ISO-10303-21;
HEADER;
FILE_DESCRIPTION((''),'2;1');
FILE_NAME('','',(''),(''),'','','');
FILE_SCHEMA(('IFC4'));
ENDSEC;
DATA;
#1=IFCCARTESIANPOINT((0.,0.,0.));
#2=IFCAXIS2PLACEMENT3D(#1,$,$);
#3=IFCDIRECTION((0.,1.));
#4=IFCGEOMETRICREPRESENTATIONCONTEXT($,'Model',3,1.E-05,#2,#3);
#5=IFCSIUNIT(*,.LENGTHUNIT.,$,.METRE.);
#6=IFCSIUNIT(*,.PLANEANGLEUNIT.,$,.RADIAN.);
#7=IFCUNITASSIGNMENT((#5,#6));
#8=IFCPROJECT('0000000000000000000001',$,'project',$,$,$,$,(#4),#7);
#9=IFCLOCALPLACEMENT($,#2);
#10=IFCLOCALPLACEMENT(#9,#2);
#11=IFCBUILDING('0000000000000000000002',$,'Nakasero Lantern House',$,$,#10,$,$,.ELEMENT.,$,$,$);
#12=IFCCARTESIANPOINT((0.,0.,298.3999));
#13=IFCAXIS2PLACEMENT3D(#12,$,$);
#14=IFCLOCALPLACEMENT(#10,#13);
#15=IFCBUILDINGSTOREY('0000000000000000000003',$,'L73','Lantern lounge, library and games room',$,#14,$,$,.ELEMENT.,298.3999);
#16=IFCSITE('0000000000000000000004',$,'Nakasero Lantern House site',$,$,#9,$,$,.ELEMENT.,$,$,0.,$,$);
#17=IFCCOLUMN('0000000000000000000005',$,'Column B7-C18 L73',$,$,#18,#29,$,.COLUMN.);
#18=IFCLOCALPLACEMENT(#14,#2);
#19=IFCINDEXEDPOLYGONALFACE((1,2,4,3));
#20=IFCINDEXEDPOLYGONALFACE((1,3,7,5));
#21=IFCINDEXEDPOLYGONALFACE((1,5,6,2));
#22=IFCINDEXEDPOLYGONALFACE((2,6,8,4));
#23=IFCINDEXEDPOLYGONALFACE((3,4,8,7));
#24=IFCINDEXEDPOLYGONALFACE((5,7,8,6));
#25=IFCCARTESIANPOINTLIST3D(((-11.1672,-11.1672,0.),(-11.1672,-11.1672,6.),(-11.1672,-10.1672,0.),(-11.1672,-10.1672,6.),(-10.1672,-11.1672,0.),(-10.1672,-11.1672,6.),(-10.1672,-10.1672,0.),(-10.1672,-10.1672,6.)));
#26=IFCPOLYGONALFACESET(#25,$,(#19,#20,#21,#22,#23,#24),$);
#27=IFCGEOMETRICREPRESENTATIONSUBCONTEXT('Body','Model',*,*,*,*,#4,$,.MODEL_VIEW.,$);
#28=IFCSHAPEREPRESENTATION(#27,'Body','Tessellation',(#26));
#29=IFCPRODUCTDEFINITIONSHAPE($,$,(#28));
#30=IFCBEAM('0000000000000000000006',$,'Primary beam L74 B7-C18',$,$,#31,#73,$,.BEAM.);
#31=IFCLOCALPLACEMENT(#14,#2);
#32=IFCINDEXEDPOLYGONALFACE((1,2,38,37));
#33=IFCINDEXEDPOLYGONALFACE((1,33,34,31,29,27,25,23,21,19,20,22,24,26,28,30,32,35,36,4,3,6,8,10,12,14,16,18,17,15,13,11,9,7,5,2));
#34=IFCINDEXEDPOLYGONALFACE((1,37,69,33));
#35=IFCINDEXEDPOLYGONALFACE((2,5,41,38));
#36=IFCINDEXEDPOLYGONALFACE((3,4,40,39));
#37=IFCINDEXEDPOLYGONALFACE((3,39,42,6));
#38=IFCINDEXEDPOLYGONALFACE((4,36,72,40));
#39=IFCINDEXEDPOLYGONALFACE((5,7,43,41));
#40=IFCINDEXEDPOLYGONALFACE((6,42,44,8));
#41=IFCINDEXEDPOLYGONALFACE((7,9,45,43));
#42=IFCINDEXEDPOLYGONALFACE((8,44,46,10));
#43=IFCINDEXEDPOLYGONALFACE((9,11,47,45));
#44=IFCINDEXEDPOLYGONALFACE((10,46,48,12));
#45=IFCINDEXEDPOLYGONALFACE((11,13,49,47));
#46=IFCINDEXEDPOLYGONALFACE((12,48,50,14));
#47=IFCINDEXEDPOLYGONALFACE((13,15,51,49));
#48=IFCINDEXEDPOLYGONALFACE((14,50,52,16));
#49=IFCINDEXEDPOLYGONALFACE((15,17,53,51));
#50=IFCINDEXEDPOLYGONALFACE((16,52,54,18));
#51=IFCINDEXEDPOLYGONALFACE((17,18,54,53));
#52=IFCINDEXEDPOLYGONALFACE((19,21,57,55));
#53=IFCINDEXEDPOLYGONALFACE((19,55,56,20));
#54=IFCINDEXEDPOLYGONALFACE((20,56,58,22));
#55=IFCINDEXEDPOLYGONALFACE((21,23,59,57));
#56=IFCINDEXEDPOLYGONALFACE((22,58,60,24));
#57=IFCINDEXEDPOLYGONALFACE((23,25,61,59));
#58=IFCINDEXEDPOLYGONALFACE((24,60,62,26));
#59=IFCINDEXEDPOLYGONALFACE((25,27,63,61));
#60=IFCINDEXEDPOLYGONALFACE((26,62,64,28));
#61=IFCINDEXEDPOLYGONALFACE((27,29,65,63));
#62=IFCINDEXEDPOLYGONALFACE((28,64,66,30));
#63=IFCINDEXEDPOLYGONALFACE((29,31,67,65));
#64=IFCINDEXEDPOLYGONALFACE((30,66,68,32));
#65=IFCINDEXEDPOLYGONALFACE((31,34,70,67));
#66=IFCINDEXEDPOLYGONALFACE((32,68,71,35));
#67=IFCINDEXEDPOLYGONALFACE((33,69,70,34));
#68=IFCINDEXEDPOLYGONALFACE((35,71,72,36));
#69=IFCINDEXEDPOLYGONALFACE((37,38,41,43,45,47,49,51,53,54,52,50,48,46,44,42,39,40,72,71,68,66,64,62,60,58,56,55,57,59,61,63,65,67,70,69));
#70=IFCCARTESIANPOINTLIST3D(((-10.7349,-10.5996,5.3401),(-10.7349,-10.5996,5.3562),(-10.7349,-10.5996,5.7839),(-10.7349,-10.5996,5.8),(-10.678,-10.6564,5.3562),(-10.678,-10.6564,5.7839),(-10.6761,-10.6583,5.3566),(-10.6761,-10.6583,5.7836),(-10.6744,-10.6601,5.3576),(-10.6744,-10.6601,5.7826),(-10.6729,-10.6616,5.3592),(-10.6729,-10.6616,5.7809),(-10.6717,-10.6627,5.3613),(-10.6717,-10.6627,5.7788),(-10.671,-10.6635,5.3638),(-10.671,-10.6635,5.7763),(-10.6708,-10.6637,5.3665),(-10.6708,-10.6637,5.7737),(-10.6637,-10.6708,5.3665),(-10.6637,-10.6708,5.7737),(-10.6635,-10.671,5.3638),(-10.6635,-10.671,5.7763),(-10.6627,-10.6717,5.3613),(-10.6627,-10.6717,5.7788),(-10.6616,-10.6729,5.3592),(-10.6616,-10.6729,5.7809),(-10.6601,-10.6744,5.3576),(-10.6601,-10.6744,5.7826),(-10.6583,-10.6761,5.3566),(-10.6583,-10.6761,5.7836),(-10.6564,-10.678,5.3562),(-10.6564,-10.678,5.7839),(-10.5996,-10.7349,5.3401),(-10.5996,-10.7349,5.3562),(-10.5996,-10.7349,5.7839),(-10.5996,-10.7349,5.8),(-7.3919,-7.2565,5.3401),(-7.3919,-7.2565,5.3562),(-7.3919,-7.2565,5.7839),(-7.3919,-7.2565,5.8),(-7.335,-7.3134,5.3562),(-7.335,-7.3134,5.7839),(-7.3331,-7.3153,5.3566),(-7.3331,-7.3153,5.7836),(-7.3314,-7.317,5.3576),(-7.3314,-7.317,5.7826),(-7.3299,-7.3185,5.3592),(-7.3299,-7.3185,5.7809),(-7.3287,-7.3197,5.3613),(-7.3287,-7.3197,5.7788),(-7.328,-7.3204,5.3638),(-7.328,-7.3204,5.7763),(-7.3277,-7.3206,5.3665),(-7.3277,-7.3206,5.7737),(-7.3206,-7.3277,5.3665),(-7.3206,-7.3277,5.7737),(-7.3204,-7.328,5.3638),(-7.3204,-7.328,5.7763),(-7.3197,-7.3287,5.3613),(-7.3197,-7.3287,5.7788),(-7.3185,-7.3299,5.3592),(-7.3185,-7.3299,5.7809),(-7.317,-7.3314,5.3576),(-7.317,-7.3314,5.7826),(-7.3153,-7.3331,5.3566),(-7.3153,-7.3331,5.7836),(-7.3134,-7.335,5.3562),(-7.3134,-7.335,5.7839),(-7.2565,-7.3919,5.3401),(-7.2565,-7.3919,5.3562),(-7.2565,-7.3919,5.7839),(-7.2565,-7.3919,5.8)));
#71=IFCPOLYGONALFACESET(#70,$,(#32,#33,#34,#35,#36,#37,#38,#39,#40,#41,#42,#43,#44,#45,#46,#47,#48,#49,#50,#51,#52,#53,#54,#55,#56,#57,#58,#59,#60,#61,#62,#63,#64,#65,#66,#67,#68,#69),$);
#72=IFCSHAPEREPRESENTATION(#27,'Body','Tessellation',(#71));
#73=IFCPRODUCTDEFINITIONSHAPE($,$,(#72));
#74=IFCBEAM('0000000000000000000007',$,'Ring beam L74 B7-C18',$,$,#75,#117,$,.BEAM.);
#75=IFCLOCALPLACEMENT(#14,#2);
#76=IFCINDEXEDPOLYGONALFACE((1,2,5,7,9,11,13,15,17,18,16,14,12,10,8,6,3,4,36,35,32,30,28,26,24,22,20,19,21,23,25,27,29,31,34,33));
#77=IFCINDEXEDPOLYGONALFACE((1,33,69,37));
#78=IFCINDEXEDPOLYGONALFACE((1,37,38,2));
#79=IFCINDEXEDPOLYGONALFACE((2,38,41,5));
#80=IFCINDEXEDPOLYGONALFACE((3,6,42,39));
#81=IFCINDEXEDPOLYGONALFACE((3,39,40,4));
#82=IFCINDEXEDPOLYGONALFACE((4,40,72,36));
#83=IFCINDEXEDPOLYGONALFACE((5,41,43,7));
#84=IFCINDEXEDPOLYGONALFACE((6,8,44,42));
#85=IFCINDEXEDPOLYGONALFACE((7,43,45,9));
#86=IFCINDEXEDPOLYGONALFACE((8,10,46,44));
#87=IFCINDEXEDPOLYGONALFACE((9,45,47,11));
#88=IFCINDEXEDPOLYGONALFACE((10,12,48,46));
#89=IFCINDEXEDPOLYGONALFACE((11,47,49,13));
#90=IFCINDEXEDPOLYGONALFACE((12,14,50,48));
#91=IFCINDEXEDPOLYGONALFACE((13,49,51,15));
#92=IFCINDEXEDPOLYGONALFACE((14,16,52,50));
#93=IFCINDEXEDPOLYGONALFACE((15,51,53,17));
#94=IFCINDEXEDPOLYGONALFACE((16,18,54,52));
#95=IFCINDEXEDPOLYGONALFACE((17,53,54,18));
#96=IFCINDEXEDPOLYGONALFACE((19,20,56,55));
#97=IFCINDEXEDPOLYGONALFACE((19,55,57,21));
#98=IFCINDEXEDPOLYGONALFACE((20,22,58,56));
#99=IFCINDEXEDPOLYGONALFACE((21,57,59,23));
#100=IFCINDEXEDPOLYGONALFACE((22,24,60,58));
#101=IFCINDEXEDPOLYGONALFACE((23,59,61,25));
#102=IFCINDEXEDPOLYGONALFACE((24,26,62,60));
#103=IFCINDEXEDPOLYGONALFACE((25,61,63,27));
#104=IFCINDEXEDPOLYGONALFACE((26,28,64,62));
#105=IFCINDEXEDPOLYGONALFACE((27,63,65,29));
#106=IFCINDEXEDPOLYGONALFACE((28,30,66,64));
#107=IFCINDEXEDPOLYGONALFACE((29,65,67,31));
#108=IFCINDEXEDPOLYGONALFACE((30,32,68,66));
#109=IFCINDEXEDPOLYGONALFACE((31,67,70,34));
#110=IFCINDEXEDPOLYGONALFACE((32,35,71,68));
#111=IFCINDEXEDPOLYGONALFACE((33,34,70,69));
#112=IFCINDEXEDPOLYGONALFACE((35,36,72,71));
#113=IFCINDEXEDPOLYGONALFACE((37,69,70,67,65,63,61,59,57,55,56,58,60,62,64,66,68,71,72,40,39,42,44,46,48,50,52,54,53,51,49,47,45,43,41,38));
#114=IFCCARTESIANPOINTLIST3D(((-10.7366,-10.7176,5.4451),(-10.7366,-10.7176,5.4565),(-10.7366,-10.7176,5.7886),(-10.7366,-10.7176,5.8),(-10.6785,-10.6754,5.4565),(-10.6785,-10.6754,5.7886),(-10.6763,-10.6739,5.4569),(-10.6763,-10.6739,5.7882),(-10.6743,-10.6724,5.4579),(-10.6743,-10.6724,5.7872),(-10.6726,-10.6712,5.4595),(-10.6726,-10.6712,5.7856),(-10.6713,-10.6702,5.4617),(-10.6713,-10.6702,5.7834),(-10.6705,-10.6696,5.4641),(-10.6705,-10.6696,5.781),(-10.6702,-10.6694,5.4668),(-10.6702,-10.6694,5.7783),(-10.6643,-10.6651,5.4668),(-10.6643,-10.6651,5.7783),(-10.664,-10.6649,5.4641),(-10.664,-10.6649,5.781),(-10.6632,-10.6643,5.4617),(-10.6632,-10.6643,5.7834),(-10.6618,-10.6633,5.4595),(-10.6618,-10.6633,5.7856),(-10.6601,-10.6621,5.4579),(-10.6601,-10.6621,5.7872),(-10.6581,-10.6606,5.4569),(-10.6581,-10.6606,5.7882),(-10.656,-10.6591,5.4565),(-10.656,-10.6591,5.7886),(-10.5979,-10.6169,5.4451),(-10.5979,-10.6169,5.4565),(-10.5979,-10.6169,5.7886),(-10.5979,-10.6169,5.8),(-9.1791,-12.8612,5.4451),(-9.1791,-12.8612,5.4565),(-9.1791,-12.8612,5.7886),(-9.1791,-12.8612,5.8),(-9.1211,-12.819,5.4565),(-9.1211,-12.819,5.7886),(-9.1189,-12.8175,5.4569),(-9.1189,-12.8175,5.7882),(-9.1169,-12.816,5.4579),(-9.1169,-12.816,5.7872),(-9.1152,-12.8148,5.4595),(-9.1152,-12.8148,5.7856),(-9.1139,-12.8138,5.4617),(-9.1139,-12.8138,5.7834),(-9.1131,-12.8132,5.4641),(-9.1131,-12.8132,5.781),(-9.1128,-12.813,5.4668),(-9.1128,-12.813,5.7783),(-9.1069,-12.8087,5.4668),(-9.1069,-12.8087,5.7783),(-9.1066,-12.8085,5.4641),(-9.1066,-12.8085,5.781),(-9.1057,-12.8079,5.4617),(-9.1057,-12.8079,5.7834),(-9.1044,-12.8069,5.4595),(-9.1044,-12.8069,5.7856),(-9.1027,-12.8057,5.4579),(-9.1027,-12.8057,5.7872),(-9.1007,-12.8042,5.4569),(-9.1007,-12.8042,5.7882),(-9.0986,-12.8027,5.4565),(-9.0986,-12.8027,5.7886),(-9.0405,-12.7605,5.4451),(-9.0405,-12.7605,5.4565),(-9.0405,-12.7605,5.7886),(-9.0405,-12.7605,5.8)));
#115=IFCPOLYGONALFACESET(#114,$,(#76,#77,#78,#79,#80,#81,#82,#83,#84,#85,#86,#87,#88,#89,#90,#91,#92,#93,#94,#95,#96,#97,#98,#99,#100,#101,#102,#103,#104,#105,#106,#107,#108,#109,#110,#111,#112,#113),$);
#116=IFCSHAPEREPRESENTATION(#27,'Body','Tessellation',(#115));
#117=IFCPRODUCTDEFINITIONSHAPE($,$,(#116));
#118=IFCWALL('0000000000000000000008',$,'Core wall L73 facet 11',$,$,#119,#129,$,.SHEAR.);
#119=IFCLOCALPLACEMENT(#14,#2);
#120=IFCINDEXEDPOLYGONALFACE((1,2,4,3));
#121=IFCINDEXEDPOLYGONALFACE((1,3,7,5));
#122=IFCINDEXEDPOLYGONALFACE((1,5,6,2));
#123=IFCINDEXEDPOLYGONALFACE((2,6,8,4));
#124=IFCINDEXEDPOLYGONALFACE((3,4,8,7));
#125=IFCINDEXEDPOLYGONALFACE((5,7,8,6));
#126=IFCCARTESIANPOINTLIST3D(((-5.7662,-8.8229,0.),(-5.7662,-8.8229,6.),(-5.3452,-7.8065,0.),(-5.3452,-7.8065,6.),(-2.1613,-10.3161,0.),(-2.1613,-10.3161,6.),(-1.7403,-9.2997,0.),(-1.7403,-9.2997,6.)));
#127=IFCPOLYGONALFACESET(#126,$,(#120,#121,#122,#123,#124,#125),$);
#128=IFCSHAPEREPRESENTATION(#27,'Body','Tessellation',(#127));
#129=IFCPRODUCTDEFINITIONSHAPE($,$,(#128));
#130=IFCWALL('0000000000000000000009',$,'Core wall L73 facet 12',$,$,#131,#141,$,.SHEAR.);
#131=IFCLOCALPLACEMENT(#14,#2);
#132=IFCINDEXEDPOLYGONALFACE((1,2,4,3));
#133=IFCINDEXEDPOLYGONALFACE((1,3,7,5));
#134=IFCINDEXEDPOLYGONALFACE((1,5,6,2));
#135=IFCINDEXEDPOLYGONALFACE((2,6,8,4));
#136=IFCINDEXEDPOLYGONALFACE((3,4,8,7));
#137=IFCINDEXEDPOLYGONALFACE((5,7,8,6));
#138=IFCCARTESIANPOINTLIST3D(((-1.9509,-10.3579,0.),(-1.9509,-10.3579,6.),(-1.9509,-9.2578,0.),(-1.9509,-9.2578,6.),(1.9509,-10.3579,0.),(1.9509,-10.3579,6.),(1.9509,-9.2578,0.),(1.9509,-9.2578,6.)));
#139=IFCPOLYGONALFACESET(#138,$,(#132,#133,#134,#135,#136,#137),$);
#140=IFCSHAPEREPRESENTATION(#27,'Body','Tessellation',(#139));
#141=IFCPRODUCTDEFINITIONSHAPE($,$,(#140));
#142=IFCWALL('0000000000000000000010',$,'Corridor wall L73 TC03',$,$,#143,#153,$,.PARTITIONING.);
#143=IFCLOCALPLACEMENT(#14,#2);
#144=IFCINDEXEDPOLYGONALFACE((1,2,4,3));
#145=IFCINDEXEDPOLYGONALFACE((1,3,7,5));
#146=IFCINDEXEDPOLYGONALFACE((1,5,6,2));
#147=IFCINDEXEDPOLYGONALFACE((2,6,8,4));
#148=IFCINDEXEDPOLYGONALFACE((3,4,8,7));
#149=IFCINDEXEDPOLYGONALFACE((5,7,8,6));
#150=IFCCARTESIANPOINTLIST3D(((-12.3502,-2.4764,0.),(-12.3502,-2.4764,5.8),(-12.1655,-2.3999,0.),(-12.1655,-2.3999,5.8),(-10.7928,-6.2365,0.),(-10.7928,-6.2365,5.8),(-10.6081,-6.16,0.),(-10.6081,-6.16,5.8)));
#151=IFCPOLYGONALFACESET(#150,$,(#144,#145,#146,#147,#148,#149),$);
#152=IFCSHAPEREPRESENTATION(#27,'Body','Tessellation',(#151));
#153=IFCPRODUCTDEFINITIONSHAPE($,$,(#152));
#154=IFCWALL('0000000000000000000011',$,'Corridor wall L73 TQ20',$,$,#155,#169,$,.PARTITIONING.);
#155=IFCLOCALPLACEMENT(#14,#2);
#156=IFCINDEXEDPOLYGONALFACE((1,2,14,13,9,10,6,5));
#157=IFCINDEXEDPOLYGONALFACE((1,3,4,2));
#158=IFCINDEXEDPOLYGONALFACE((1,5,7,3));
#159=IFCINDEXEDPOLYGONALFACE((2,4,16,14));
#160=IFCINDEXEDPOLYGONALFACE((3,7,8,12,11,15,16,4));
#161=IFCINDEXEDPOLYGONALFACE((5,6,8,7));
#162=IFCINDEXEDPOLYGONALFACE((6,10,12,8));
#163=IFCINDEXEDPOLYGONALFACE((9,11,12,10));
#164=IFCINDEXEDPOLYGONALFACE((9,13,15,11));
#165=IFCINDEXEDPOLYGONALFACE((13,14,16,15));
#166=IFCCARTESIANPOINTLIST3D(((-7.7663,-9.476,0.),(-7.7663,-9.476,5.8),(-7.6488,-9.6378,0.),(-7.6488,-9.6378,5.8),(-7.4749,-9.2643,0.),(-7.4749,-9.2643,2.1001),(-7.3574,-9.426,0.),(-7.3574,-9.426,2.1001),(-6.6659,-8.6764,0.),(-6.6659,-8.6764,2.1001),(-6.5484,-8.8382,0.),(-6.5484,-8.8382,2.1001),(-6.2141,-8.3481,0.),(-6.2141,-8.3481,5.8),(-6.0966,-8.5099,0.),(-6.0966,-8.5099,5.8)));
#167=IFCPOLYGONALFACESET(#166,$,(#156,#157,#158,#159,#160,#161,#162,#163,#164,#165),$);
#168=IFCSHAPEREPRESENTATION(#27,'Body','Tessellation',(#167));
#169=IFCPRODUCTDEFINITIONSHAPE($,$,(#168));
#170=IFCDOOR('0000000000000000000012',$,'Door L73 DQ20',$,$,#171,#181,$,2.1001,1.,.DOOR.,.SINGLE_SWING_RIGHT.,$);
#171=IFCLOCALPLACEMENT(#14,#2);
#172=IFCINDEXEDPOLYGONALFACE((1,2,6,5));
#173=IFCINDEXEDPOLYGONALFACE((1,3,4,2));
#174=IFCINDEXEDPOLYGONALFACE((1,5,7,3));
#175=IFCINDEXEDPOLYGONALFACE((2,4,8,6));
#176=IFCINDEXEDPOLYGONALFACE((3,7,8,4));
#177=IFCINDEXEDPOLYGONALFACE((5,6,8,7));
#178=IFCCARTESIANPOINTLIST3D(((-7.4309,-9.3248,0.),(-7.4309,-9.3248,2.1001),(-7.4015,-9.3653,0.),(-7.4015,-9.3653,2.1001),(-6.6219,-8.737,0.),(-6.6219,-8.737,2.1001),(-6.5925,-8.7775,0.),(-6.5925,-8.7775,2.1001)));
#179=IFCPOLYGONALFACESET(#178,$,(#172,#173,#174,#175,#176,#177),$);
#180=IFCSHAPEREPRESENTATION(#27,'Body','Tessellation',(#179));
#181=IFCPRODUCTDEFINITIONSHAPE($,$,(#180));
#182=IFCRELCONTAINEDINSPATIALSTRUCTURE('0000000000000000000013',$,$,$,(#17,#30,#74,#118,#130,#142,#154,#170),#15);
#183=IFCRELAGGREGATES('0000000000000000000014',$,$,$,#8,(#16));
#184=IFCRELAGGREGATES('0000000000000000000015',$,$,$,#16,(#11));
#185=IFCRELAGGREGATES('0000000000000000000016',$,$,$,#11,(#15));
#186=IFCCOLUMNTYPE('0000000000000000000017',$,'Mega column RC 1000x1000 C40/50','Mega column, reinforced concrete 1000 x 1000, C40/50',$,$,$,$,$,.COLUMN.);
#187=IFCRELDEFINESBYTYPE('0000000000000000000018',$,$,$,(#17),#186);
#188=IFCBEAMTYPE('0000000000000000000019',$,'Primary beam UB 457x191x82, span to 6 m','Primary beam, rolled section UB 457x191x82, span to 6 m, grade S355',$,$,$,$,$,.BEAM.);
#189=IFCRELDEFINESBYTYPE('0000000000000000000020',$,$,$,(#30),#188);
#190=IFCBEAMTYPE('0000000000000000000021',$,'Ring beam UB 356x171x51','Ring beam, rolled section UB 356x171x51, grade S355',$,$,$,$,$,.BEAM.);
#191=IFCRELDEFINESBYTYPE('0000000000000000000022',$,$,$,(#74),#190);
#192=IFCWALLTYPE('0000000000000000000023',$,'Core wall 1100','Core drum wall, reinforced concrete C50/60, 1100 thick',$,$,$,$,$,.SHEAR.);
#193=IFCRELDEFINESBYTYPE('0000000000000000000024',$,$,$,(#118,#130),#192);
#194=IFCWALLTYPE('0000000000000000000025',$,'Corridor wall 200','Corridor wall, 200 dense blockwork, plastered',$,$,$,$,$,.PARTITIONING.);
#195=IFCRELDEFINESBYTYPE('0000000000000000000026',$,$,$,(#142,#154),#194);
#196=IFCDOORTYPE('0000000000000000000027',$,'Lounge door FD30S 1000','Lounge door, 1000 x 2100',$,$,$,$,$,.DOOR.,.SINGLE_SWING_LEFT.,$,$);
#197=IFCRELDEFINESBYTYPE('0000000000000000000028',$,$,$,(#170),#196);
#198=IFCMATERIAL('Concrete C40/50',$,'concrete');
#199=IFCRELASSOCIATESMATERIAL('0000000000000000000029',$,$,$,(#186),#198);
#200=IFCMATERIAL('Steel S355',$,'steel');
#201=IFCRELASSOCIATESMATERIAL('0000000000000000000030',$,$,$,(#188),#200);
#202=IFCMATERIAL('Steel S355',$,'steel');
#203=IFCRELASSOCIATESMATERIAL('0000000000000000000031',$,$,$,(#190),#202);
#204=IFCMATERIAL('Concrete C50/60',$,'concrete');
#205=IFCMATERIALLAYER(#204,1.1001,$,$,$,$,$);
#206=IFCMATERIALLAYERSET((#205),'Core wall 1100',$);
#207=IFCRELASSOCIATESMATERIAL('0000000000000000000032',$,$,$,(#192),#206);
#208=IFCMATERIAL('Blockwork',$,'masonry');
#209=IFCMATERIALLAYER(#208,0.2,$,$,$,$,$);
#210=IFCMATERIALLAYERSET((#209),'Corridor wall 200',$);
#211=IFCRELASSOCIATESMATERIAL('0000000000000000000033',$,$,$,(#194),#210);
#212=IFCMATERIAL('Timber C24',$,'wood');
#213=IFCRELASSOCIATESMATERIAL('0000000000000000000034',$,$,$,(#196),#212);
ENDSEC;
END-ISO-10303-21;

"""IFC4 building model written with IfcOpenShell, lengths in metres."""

from ifc_helpers import new_model, si_unit, direction, frame, frame_2d, origin, origin_2d, place, context, subcontext, project, spatial, rectangle, i_section, extrude, material, layer, layer_set, material_profile, profile_set, type_object, element, fill, save


model = new_model("IFC4")

# Units and contexts
model_context = context("Model", 3, precision=1e-05, world=origin(), true_north=direction((0.0, 1.0)))
body_context = subcontext(model_context, "Body", "Model", "MODEL_VIEW")
ifc_project = project(units=[si_unit("LENGTHUNIT", "METRE"), si_unit("PLANEANGLEUNIT", "RADIAN")], contexts=[model_context])

# Site, building, storey
site_placement = place(None, origin())
site = spatial("IfcSite", under=ifc_project, at=site_placement, Name="Nakasero Lantern House site", CompositionType="ELEMENT", RefElevation=0.0)
building_placement = place(site_placement, origin())
building = spatial("IfcBuilding", under=site, at=building_placement, Name="Nakasero Lantern House", CompositionType="ELEMENT")
storey_placement = place(building_placement, frame((0.0, 0.0, 298.3999)))
storey = spatial("IfcBuildingStorey", under=building, at=storey_placement, Name="L73", Description="Lantern lounge, library and games room", CompositionType="ELEMENT", Elevation=298.3999)

# Column
ifc_material_1 = material(Name="Concrete C40/50", Category="concrete")
ifc_material_profile_1 = material_profile(ifc_material_1, rectangle(XDim=1.0, YDim=1.0, at=origin_2d()), Name="RC 1000x1000")
ifc_profile_set_1 = profile_set([ifc_material_profile_1], Name="Concrete C40/50")
column_type = type_object("IfcColumnType", Name="Mega column RC 1000x1000 C40/50", Description="Mega column, reinforced concrete 1000 x 1000, C40/50", PredefinedType="COLUMN", material=ifc_profile_set_1)
column_placement = place(storey_placement, frame((-10.6672, -10.6672, 0.0), z_axis=(0.0, 0.0, 1.0), x_axis=(1.0, 0.0, 0.0)))
element("IfcColumn", 1, at=column_placement, inside=storey, type_object=column_type, Name="Column B7-C18 L73", PredefinedType="COLUMN", context=body_context, shape_type="SweptSolid", body=[
    extrude(rectangle(XDim=1.0, YDim=1.0, at=origin_2d()), origin(), (0.0, 0.0, 1.0), 6.0),
])

# Beams
ifc_material_2 = material(Name="Steel S355", Category="steel")
ifc_material_profile_2 = material_profile(ifc_material_2, i_section(OverallWidth=0.1914, OverallDepth=0.46, WebThickness=0.01, FlangeThickness=0.0161, FilletRadius=0.0103, at=origin_2d()), Name="UB 457x191x82")
ifc_profile_set_2 = profile_set([ifc_material_profile_2], Name="Steel S355")
beam_type_1 = type_object("IfcBeamType", Name="Primary beam UB 457x191x82, span to 6 m", Description="Primary beam, rolled section UB 457x191x82, span to 6 m, grade S355", PredefinedType="BEAM", material=ifc_profile_set_2)
beam_1_placement = place(storey_placement, frame((-10.6672, -10.6672, 5.5701), z_axis=(0.707107, 0.707107, 0.0), x_axis=(-0.707107, 0.707107, 0.0)))
element("IfcBeam", 2, at=beam_1_placement, inside=storey, type_object=beam_type_1, Name="Primary beam L74 B7-C18", PredefinedType="BEAM", context=body_context, shape_type="SweptSolid", body=[
    extrude(i_section(OverallWidth=0.1914, OverallDepth=0.46, WebThickness=0.01, FlangeThickness=0.0161, FilletRadius=0.0103, at=origin_2d()), origin(), (0.0, 0.0, 1.0), 4.7278),
])
ifc_material_3 = material(Name="Steel S355", Category="steel")
ifc_material_profile_3 = material_profile(ifc_material_3, i_section(OverallWidth=0.1714, OverallDepth=0.355, WebThickness=0.0073, FlangeThickness=0.0115, FilletRadius=0.0103, at=origin_2d()), Name="UB 356x171x51")
ifc_profile_set_3 = profile_set([ifc_material_profile_3], Name="Steel S355")
beam_type_2 = type_object("IfcBeamType", Name="Ring beam UB 356x171x51", Description="Ring beam, rolled section UB 356x171x51, grade S355", PredefinedType="BEAM", material=ifc_profile_set_3)
beam_2_placement = place(storey_placement, frame((-10.6672, -10.6672, 5.6226), z_axis=(0.587783, -0.809019, 0.0), x_axis=(0.809019, 0.587783, 0.0)))
element("IfcBeam", 3, at=beam_2_placement, inside=storey, type_object=beam_type_2, Name="Ring beam L74 B7-C18", PredefinedType="BEAM", context=body_context, shape_type="SweptSolid", body=[
    extrude(i_section(OverallWidth=0.1714, OverallDepth=0.355, WebThickness=0.0073, FlangeThickness=0.0115, FilletRadius=0.0103, at=origin_2d()), origin(), (0.0, 0.0, 1.0), 2.6497),
])

# Walls
ifc_material_4 = material(Name="Concrete C50/60", Category="concrete")
ifc_layer_1 = layer(ifc_material_4, 1.1001)
ifc_layer_set_1 = layer_set([ifc_layer_1], Name="Core wall 1100")
wall_type_1 = type_object("IfcWallType", Name="Core wall 1100", Description="Core drum wall, reinforced concrete C50/60, 1100 thick", PredefinedType="SHEAR", material=ifc_layer_set_1)
for number, where, z_axis, x_axis, name in (
    (4, (-5.5557, -8.3147, 0.0), (0.0, 0.0, 1.0), (0.923877, -0.382691, 0.0), "Core wall L73 facet 11"),
    (5, (-1.9509, -9.8079, 0.0), (0.0, 0.0, 1.0), (1.0, 0.0, 0.0), "Core wall L73 facet 12"),
):
    element("IfcWall", number, at=place(storey_placement, frame(where, z_axis=z_axis, x_axis=x_axis)), inside=storey, type_object=wall_type_1, Name=name, PredefinedType="SHEAR", context=body_context, shape_type="SweptSolid", body=[
        extrude(rectangle(XDim=3.9019, YDim=1.1001, at=frame_2d((1.9509, 0.0))), origin(), (0.0, 0.0, 1.0), 6.0),
    ])
ifc_material_5 = material(Name="Blockwork", Category="masonry")
ifc_layer_2 = layer(ifc_material_5, 0.2)
ifc_layer_set_2 = layer_set([ifc_layer_2], Name="Corridor wall 200")
wall_type_2 = type_object("IfcWallType", Name="Corridor wall 200", Description="Corridor wall, 200 dense blockwork, plastered", PredefinedType="PARTITIONING", material=ifc_layer_set_2)
wall_1_placement = place(storey_placement, frame((-10.7004, -6.1982, 0.0), z_axis=(0.0, 0.0, 1.0), x_axis=(-0.382668, 0.923886, 0.0)))
element("IfcWall", 6, at=wall_1_placement, inside=storey, type_object=wall_type_2, Name="Corridor wall L73 TC03", PredefinedType="PARTITIONING", context=body_context, shape_type="SweptSolid", body=[
    extrude(rectangle(XDim=4.0698, YDim=0.2, at=frame_2d((2.0349, 0.0))), origin(), (0.0, 0.0, 1.0), 5.8),
])

# Wall, opening, door
wall_2_placement = place(storey_placement, frame((-6.1553, -8.429, 0.0), z_axis=(0.0, 0.0, 1.0), x_axis=(-0.808978, -0.587839, 0.0)))
wall_2 = element("IfcWall", 7, at=wall_2_placement, inside=storey, type_object=wall_type_2, Name="Corridor wall L73 TQ20", PredefinedType="PARTITIONING", context=body_context, shape_type="SweptSolid", body=[
    extrude(rectangle(XDim=1.9187, YDim=0.2, at=frame_2d((0.9595, 0.0))), origin(), (0.0, 0.0, 1.0), 5.8),
])
opening_placement = place(wall_2_placement, frame((0.5586, 0.0, 0.0)))
opening = element("IfcOpeningElement", 8, at=opening_placement, cuts=wall_2, PredefinedType="OPENING", context=body_context, shape_type="SweptSolid", body=[
    extrude(rectangle(XDim=1.0, YDim=2.1001, at=frame_2d((0.5, 1.05))), frame((0.0, 0.1199, 0.0), z_axis=(0.0, -1.0, 0.0), x_axis=(1.0, 0.0, 0.0)), (0.0, 0.0, 1.0), 0.24),
])
ifc_material_6 = material(Name="Timber C24", Category="wood")
door_type = type_object("IfcDoorType", Name="Lounge door FD30S 1000", Description="Lounge door, 1000 x 2100", OperationType="SINGLE_SWING_LEFT", PredefinedType="DOOR", material=ifc_material_6)
door_placement = place(opening_placement, origin())
door = element("IfcDoor", 9, at=door_placement, inside=storey, type_object=door_type, Name="Door L73 DQ20", OperationType="SINGLE_SWING_RIGHT", OverallHeight=2.1001, OverallWidth=1.0, PredefinedType="DOOR", context=body_context, shape_type="SweptSolid", body=[
    extrude(rectangle(XDim=1.0, YDim=2.1001, at=frame_2d((0.5, 1.05))), frame((0.0, 0.0249, 0.0), z_axis=(0.0, -1.0, 0.0), x_axis=(1.0, 0.0, 0.0)), (0.0, 0.0, 1.0), 0.05),
])
fill(opening, door)

save(model, "model.ifc")
